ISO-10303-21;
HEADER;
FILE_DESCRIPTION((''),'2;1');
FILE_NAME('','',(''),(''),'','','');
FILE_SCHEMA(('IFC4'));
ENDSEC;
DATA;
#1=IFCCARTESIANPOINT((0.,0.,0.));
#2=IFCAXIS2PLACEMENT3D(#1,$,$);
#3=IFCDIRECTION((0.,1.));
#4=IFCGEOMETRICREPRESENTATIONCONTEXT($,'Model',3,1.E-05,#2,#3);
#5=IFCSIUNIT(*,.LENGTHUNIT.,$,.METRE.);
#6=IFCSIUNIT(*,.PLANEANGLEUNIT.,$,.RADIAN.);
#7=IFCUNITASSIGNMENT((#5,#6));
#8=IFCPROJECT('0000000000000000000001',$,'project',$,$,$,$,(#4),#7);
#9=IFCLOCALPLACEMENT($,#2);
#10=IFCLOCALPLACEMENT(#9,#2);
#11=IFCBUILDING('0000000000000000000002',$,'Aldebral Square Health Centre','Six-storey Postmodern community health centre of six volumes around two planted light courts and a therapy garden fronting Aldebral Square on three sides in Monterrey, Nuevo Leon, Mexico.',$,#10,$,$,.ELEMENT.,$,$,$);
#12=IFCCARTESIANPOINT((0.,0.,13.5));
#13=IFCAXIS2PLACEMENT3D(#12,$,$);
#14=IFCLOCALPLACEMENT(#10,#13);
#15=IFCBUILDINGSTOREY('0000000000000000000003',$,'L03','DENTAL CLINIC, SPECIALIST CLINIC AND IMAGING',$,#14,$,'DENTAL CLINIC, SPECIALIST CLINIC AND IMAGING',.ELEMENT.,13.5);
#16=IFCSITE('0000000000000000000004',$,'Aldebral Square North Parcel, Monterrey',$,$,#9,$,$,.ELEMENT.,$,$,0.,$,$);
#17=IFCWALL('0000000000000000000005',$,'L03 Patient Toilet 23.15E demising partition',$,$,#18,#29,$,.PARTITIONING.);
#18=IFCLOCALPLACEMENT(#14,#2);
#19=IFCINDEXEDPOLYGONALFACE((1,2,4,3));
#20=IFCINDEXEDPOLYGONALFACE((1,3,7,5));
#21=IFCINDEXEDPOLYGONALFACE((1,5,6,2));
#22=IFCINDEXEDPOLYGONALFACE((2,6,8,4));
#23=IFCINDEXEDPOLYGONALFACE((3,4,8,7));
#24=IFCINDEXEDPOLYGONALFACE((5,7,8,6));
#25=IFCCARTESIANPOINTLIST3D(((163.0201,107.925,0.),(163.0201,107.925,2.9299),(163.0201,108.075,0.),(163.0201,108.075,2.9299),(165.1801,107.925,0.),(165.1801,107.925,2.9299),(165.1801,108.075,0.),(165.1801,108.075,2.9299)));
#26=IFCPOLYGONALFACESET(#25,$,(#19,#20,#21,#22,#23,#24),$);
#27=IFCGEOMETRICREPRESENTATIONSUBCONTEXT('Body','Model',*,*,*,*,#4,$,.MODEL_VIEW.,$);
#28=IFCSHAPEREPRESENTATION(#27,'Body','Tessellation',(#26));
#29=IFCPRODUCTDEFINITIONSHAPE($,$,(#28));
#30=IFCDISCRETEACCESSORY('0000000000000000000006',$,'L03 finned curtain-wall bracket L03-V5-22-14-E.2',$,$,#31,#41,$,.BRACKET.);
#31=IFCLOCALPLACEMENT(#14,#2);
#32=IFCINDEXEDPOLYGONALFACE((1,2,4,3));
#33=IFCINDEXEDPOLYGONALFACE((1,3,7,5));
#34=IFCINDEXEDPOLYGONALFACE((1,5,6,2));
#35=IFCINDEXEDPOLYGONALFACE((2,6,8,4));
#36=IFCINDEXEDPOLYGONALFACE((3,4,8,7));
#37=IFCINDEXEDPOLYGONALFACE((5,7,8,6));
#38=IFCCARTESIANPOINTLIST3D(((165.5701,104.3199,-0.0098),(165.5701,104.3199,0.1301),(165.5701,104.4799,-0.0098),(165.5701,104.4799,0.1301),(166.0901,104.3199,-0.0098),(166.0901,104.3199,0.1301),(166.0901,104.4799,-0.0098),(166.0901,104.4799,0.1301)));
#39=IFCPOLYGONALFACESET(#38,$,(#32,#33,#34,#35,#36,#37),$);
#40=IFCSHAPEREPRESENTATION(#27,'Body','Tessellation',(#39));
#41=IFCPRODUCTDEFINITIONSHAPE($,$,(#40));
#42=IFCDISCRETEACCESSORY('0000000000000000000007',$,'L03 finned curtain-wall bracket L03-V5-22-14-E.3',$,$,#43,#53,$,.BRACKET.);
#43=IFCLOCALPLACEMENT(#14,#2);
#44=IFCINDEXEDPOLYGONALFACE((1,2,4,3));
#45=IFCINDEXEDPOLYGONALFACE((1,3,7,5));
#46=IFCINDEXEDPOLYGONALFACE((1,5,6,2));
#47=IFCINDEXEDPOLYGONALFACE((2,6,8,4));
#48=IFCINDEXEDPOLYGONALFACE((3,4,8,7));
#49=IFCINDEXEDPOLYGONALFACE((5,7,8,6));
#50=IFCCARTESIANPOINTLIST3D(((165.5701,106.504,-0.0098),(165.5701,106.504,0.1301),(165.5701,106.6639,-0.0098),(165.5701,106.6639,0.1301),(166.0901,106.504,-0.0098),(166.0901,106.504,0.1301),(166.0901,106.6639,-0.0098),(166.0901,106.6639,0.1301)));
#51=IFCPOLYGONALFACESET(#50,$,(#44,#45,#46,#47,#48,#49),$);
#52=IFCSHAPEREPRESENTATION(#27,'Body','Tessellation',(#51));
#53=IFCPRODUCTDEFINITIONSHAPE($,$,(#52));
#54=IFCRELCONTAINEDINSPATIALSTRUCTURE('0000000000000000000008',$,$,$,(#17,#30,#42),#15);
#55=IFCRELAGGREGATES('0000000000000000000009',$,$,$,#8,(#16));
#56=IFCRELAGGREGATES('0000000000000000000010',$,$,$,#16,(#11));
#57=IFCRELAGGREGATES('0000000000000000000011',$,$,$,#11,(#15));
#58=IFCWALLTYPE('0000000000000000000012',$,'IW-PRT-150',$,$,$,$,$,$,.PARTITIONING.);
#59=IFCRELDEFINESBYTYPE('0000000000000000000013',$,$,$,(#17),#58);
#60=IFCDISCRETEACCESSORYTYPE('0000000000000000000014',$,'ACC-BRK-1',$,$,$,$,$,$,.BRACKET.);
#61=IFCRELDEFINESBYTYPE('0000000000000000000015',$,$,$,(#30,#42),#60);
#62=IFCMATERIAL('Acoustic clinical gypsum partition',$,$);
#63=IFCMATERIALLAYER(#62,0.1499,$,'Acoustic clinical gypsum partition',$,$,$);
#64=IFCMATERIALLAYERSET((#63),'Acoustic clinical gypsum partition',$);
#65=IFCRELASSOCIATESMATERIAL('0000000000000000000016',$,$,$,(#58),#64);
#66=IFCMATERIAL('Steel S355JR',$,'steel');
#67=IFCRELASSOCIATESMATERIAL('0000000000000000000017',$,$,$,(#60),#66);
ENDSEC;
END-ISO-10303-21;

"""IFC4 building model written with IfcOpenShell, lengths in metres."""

from ifc_helpers import new_model, si_unit, direction, frame, frame_2d, origin, origin_2d, place, context, subcontext, project, spatial, rectangle, extrude, material, layer, layer_set, type_object, element, save


model = new_model("IFC4")

# Units and contexts
model_context = context("Model", 3, precision=1e-05, world=origin(), true_north=direction((0.0, 1.0)))
body_context = subcontext(model_context, "Body", "Model", "MODEL_VIEW")
ifc_project = project(units=[si_unit("LENGTHUNIT", "METRE"), si_unit("PLANEANGLEUNIT", "RADIAN")], contexts=[model_context])

# Site, building, storey
site_placement = place(None, origin())
site = spatial("IfcSite", under=ifc_project, at=site_placement, Name="Aldebral Square North Parcel, Monterrey", CompositionType="ELEMENT", RefElevation=0.0)
building_placement = place(site_placement, origin())
building = spatial("IfcBuilding", under=site, at=building_placement, Name="Aldebral Square Health Centre", Description="Six-storey Postmodern community health centre of six volumes around two planted light courts and a therapy garden fronting Aldebral Square on three sides in Monterrey, Nuevo Leon, Mexico.", CompositionType="ELEMENT")
storey_placement = place(building_placement, frame((0.0, 0.0, 13.5)))
storey = spatial("IfcBuildingStorey", under=building, at=storey_placement, Name="L03", Description="DENTAL CLINIC, SPECIALIST CLINIC AND IMAGING", LongName="DENTAL CLINIC, SPECIALIST CLINIC AND IMAGING", CompositionType="ELEMENT", Elevation=13.5)

# Wall
ifc_material_1 = material(Name="Acoustic clinical gypsum partition")
ifc_layer_1 = layer(ifc_material_1, 0.1499, Name="Acoustic clinical gypsum partition")
ifc_layer_set_1 = layer_set([ifc_layer_1], Name="Acoustic clinical gypsum partition")
wall_type = type_object("IfcWallType", Name="IW-PRT-150", PredefinedType="PARTITIONING", material=ifc_layer_set_1)
wall_placement = place(storey_placement, frame((163.02, 108.0, 0.0), z_axis=(0.0, 0.0, 1.0), x_axis=(1.0, 0.0, 0.0)))
element("IfcWall", 1, at=wall_placement, inside=storey, type_object=wall_type, Name="L03 Patient Toilet 23.15E demising partition", PredefinedType="PARTITIONING", context=body_context, shape_type="SweptSolid", body=[
    extrude(rectangle(XDim=2.1599, YDim=0.1499, at=frame_2d((1.0801, 0.0))), origin(), (0.0, 0.0, 1.0), 2.9299),
])

# Discrete accessories
ifc_material_2 = material(Name="Steel S355JR", Category="steel")
discrete_accessory_type = type_object("IfcDiscreteAccessoryType", Name="ACC-BRK-1", PredefinedType="BRACKET", material=ifc_material_2)
for number, where, z_axis, x_axis, name in (
    (2, (165.8301, 104.3999, -0.0098), (0.0, 0.0, 1.0), (0.0, 1.0, 0.0), "L03 finned curtain-wall bracket L03-V5-22-14-E.2"),
    (3, (165.8301, 106.584, -0.0098), (0.0, 0.0, 1.0), (0.0, 1.0, 0.0), "L03 finned curtain-wall bracket L03-V5-22-14-E.3"),
):
    element("IfcDiscreteAccessory", number, at=place(storey_placement, frame(where, z_axis=z_axis, x_axis=x_axis)), inside=storey, type_object=discrete_accessory_type, Name=name, PredefinedType="BRACKET", context=body_context, shape_type="SweptSolid", body=[
        extrude(rectangle(XDim=0.1599, YDim=0.52, at=origin_2d()), origin(), (0.0, 0.0, 1.0), 0.1399),
    ])

save(model, "model.ifc")
